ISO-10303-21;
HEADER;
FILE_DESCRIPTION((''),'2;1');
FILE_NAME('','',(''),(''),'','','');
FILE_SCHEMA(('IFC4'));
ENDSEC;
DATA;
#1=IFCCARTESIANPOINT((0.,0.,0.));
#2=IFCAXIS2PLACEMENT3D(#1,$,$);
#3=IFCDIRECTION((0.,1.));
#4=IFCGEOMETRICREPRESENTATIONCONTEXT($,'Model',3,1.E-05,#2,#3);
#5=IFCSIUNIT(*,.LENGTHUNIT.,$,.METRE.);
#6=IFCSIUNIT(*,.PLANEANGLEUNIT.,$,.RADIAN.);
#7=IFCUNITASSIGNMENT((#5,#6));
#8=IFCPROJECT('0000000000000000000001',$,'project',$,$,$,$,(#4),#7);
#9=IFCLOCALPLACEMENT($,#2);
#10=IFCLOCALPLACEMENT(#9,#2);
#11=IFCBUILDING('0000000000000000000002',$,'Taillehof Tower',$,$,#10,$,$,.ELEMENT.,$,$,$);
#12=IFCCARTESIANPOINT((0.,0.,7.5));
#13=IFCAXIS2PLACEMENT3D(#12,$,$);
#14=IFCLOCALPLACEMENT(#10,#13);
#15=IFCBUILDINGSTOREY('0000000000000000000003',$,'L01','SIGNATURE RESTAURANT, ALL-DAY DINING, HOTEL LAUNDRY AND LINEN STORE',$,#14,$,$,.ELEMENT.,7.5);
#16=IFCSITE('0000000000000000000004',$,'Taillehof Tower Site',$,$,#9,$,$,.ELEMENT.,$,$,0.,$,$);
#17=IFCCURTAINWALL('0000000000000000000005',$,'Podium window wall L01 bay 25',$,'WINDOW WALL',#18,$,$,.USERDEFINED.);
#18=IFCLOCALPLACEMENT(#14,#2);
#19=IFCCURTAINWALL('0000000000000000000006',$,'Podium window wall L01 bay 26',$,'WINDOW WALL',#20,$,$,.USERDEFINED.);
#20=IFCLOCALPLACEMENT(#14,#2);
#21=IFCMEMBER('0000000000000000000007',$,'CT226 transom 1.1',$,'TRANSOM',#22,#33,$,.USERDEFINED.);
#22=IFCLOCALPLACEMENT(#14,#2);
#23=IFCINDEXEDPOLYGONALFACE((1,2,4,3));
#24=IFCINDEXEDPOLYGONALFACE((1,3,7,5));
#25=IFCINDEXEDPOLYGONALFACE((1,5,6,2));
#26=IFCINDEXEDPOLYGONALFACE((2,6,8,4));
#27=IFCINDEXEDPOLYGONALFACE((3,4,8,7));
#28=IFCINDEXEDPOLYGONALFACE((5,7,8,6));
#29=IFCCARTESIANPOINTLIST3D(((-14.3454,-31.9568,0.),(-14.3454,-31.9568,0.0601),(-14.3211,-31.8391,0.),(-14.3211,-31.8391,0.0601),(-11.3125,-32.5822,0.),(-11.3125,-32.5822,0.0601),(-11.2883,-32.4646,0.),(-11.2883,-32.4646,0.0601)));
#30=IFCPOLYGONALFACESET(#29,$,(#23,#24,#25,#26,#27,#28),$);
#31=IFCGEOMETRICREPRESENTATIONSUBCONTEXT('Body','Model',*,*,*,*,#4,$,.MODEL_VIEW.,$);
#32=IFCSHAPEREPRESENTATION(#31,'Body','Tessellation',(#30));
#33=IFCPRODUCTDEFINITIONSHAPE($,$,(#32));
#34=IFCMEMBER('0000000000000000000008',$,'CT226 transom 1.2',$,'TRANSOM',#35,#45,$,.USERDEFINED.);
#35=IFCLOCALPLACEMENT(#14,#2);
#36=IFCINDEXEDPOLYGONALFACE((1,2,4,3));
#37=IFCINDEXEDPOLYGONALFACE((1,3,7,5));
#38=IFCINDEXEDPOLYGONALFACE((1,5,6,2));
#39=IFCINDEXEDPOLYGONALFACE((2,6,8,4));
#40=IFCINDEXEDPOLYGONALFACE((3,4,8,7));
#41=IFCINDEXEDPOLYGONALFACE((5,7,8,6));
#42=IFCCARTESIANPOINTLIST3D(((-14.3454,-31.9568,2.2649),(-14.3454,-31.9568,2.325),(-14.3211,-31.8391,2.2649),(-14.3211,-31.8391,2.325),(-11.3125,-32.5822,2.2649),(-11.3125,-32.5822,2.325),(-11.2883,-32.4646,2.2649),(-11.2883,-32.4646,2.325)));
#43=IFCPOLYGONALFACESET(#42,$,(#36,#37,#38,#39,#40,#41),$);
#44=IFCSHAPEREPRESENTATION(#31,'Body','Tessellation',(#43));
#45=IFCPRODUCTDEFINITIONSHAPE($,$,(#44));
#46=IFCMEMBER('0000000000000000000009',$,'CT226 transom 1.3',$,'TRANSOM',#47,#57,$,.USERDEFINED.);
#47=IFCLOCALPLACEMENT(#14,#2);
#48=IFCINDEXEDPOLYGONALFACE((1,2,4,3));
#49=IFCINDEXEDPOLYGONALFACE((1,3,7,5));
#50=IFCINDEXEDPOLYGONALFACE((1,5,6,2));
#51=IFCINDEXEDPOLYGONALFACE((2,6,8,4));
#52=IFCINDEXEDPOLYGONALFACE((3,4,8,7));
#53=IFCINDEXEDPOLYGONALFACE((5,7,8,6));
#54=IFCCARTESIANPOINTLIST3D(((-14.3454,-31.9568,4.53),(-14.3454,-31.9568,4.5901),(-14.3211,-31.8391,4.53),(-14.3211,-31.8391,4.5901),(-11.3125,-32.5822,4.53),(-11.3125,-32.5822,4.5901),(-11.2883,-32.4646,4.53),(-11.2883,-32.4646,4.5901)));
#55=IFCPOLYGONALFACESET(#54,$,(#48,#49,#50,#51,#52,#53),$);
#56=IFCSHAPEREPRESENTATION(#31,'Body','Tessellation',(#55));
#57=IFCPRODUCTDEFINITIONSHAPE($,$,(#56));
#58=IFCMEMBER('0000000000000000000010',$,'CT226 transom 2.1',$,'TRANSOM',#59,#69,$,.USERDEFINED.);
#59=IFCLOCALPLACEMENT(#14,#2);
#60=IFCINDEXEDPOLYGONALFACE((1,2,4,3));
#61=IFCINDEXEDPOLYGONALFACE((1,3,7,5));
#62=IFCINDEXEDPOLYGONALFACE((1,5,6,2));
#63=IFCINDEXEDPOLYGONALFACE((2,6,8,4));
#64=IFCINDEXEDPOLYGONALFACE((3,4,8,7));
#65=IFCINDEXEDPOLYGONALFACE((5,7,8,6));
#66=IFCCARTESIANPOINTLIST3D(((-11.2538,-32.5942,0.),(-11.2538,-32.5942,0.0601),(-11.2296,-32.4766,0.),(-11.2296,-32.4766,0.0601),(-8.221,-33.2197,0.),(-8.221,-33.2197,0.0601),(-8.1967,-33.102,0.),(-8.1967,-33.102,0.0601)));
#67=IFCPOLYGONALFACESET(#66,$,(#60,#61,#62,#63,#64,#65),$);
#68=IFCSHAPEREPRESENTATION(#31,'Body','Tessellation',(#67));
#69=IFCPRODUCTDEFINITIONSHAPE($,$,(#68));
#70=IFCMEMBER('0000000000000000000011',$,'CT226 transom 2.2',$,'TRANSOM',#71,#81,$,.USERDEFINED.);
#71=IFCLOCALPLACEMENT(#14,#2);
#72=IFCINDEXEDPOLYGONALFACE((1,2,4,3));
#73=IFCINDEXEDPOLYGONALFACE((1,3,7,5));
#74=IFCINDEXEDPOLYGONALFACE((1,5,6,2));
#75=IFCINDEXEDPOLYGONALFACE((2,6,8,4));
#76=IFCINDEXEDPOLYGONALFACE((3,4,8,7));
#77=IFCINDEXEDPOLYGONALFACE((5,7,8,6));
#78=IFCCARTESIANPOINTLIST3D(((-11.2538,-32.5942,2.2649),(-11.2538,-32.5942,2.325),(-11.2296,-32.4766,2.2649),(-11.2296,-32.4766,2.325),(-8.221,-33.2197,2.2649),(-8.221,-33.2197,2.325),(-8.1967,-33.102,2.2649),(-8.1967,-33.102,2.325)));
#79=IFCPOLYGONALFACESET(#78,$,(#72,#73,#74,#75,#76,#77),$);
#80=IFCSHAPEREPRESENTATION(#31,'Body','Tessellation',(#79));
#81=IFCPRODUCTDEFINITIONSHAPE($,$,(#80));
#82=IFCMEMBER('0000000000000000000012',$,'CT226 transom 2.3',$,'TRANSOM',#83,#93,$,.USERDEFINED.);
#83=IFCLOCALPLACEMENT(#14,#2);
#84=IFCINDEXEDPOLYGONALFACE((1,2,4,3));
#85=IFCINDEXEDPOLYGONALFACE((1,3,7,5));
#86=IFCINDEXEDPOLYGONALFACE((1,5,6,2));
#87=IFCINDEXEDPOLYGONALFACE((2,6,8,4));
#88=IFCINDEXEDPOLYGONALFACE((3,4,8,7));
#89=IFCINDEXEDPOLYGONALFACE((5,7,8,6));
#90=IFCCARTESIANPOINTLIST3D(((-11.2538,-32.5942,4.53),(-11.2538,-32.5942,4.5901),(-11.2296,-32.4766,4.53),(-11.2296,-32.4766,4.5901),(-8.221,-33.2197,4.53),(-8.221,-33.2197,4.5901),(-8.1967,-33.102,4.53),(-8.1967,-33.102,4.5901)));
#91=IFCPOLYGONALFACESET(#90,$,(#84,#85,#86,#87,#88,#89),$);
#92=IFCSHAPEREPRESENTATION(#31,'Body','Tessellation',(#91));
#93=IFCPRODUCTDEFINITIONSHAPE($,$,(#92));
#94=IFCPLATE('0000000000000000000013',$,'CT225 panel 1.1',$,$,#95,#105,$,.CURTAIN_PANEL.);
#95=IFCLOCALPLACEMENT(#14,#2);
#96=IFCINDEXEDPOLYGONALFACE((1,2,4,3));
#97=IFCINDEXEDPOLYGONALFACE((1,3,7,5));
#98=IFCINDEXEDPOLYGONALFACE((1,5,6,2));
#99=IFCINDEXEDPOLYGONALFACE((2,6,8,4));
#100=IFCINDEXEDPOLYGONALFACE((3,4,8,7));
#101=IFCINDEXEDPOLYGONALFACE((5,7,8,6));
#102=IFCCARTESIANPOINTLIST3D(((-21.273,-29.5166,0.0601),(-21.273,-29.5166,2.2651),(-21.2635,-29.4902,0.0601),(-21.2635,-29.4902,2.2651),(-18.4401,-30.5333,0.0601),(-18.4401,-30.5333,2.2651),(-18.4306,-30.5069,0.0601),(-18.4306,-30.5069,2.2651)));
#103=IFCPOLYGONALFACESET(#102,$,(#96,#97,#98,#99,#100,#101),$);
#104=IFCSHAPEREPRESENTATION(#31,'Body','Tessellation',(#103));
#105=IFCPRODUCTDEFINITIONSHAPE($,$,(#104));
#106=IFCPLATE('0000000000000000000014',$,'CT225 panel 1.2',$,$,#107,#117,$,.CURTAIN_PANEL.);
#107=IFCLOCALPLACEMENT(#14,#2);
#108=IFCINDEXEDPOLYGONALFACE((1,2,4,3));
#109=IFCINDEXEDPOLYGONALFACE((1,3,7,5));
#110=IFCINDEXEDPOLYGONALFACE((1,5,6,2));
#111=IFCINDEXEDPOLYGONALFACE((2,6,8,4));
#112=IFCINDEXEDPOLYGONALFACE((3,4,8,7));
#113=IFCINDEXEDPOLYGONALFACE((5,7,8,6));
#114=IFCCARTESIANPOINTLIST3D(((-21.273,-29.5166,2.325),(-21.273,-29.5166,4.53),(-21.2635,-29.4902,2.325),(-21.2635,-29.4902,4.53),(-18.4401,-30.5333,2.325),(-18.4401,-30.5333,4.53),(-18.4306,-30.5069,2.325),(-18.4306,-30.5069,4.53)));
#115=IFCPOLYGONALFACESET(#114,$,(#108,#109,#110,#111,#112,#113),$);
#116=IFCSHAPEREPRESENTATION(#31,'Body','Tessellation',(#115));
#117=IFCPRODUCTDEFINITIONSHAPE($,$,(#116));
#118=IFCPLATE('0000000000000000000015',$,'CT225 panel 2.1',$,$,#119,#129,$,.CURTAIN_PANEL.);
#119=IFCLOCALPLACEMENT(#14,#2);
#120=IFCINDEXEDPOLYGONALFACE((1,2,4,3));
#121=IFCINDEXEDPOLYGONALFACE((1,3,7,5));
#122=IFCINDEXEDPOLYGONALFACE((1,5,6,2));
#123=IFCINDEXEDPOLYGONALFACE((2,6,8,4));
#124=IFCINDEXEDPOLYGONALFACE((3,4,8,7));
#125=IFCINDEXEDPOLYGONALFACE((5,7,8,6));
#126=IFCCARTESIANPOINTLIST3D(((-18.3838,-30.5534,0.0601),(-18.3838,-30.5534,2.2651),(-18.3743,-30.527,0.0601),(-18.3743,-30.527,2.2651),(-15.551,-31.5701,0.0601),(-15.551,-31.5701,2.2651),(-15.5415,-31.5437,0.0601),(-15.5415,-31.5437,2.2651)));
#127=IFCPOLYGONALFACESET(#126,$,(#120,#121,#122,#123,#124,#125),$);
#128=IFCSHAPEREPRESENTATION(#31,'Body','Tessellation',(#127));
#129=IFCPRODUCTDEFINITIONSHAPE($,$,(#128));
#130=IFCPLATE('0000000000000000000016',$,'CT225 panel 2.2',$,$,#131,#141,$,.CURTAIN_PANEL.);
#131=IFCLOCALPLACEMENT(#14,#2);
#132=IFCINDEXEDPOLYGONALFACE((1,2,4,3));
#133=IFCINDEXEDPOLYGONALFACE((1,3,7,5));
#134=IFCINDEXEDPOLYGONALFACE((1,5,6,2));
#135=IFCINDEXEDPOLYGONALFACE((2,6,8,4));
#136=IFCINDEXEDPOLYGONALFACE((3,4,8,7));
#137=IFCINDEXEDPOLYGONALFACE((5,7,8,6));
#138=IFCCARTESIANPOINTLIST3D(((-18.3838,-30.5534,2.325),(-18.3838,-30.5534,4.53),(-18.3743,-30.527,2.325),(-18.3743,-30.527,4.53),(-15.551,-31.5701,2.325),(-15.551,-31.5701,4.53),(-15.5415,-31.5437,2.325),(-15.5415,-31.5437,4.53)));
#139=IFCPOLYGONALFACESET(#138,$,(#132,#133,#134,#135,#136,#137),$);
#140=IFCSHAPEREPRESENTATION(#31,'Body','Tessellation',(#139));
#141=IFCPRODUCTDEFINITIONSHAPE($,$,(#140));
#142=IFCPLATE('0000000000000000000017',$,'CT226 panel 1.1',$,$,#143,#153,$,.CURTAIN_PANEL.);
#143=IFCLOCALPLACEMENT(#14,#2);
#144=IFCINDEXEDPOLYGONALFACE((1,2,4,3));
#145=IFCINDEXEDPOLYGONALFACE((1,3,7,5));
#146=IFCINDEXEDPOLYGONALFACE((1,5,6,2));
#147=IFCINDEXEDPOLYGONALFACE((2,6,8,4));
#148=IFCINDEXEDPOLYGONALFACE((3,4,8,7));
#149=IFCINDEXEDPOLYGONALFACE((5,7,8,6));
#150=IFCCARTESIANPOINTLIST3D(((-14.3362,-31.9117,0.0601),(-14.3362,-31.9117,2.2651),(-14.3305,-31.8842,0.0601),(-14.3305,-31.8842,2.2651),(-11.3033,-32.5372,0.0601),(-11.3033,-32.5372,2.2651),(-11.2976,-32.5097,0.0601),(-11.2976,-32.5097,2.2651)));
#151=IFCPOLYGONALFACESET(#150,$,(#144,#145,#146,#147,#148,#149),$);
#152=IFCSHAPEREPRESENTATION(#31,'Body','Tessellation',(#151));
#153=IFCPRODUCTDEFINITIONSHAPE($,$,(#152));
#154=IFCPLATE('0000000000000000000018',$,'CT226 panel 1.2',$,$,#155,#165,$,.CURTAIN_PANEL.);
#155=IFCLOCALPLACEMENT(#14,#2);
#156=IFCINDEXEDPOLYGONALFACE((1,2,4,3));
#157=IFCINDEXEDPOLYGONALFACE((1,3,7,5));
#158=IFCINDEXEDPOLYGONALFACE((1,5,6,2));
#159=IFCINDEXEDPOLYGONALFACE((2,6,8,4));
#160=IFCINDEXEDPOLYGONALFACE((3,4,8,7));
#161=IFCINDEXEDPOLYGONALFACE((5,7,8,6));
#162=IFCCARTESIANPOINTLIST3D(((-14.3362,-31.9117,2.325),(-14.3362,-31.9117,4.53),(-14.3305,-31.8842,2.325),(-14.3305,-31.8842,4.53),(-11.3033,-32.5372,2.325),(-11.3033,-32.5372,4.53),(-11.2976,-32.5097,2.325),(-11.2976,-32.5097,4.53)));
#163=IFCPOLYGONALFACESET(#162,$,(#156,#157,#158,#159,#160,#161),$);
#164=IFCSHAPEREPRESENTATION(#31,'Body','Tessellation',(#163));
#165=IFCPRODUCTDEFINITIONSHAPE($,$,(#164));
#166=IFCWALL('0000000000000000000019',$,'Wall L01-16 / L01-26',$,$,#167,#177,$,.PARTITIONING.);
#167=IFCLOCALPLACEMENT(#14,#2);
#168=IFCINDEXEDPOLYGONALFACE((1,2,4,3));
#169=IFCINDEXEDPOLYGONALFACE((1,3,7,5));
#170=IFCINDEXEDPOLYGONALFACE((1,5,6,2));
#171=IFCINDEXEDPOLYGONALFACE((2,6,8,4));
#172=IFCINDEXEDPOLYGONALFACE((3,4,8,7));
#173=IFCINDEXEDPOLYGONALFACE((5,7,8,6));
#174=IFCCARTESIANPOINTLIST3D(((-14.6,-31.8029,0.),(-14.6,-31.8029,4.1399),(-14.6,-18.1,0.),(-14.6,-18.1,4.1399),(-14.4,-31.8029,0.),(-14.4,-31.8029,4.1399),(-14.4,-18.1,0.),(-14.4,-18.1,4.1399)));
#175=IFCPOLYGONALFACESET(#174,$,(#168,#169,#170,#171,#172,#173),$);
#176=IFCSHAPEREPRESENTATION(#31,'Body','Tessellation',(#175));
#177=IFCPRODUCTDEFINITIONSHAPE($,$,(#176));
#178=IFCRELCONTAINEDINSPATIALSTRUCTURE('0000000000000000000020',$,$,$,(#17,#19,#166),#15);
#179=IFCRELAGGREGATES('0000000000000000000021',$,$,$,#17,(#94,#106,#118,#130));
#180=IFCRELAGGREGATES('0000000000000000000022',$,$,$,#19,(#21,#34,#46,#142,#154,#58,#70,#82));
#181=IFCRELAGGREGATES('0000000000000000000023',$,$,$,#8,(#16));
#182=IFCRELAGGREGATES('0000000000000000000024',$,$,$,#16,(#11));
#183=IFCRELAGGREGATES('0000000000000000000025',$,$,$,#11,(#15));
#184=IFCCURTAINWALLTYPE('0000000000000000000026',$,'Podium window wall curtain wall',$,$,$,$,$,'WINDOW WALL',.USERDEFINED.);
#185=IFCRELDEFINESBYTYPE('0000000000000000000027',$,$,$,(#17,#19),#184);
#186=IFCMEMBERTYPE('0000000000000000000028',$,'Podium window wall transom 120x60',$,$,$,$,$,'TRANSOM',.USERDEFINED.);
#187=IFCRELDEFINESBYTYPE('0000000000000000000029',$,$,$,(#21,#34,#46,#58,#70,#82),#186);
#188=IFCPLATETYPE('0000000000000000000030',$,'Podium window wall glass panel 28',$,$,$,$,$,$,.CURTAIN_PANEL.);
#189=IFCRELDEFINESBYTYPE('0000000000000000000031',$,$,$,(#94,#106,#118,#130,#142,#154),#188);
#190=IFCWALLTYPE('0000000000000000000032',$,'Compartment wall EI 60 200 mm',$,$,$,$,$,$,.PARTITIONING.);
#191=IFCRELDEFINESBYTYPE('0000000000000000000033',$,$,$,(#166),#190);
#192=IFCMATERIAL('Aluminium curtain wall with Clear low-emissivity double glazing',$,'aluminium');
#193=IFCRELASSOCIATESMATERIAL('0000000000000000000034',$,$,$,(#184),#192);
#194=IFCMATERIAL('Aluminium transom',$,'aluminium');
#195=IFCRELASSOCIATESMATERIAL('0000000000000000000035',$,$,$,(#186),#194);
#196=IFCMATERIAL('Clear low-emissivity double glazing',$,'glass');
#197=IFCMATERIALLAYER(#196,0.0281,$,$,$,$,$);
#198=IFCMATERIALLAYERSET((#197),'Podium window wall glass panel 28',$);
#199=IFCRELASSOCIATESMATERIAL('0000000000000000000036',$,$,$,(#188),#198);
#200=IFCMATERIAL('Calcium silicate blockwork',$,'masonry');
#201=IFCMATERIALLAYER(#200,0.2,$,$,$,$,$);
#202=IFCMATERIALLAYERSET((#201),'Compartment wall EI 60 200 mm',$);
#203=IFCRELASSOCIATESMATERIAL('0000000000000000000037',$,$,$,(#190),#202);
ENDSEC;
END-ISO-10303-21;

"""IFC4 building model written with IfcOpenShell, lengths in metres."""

from ifc_helpers import new_model, si_unit, direction, frame, frame_2d, origin, origin_2d, place, context, subcontext, project, spatial, rectangle, extrude, material, layer, layer_set, material_profile, profile_set, type_object, element, aggregate, save


model = new_model("IFC4")

# Units and contexts
model_context = context("Model", 3, precision=1e-05, world=origin(), true_north=direction((0.0, 1.0)))
body_context = subcontext(model_context, "Body", "Model", "MODEL_VIEW")
ifc_project = project(units=[si_unit("LENGTHUNIT", "METRE"), si_unit("PLANEANGLEUNIT", "RADIAN")], contexts=[model_context])

# Site, building, storey
site_placement = place(None, origin())
site = spatial("IfcSite", under=ifc_project, at=site_placement, Name="Taillehof Tower Site", CompositionType="ELEMENT", RefElevation=0.0)
building_placement = place(site_placement, origin())
building = spatial("IfcBuilding", under=site, at=building_placement, Name="Taillehof Tower", CompositionType="ELEMENT")
storey_placement = place(building_placement, frame((0.0, 0.0, 7.5)))
storey = spatial("IfcBuildingStorey", under=building, at=storey_placement, Name="L01", Description="SIGNATURE RESTAURANT, ALL-DAY DINING, HOTEL LAUNDRY AND LINEN STORE", CompositionType="ELEMENT", Elevation=7.5)

# Curtain walls
ifc_material_1 = material(Name="Aluminium curtain wall with Clear low-emissivity double glazing", Category="aluminium")
curtain_wall_type = type_object("IfcCurtainWallType", Name="Podium window wall curtain wall", ElementType="WINDOW WALL", PredefinedType="USERDEFINED", material=ifc_material_1)
curtain_wall_1_placement = place(storey_placement, origin())
curtain_wall_1 = element("IfcCurtainWall", 1, at=curtain_wall_1_placement, inside=storey, type_object=curtain_wall_type, Name="Podium window wall L01 bay 25", ObjectType="WINDOW WALL", PredefinedType="USERDEFINED")
curtain_wall_2_placement = place(storey_placement, origin())
curtain_wall_2 = element("IfcCurtainWall", 2, at=curtain_wall_2_placement, inside=storey, type_object=curtain_wall_type, Name="Podium window wall L01 bay 26", ObjectType="WINDOW WALL", PredefinedType="USERDEFINED")

# Members
ifc_material_2 = material(Name="Aluminium transom", Category="aluminium")
ifc_material_profile_1 = material_profile(ifc_material_2, rectangle(XDim=0.1201, YDim=0.0601, at=origin_2d()), Name="AL 120x60")
ifc_profile_set_1 = profile_set([ifc_material_profile_1], Name="Aluminium transom")
member_type_1 = type_object("IfcMemberType", Name="Podium window wall transom 120x60", ElementType="TRANSOM", PredefinedType="USERDEFINED", material=ifc_profile_set_1)
member_1_placement = place(storey_placement, frame((-14.3333, -31.8979, 0.03), z_axis=(0.97939, -0.20198, 0.0), x_axis=(0.20198, 0.97939, 0.0)))
member_1 = element("IfcMember", 3, at=member_1_placement, type_object=member_type_1, Name="CT226 transom 1.1", ObjectType="TRANSOM", PredefinedType="USERDEFINED", context=body_context, shape_type="SweptSolid", body=[
    extrude(rectangle(XDim=0.1201, YDim=0.0601, at=origin_2d()), origin(), (0.0, 0.0, 1.0), 3.0967),
])
member_2_placement = place(storey_placement, frame((-14.3333, -31.8979, 2.2949), z_axis=(0.97939, -0.20198, 0.0), x_axis=(0.20198, 0.97939, 0.0)))
member_2 = element("IfcMember", 4, at=member_2_placement, type_object=member_type_1, Name="CT226 transom 1.2", ObjectType="TRANSOM", PredefinedType="USERDEFINED", context=body_context, shape_type="SweptSolid", body=[
    extrude(rectangle(XDim=0.1201, YDim=0.0601, at=origin_2d()), origin(), (0.0, 0.0, 1.0), 3.0967),
])
member_3_placement = place(storey_placement, frame((-14.3333, -31.8979, 4.5601), z_axis=(0.97939, -0.20198, 0.0), x_axis=(0.20198, 0.97939, 0.0)))
member_3 = element("IfcMember", 5, at=member_3_placement, type_object=member_type_1, Name="CT226 transom 1.3", ObjectType="TRANSOM", PredefinedType="USERDEFINED", context=body_context, shape_type="SweptSolid", body=[
    extrude(rectangle(XDim=0.1201, YDim=0.0601, at=origin_2d()), origin(), (0.0, 0.0, 1.0), 3.0967),
])
member_4_placement = place(storey_placement, frame((-11.2417, -32.5354, 0.03), z_axis=(0.97939, -0.20198, 0.0), x_axis=(0.20198, 0.97939, 0.0)))
member_4 = element("IfcMember", 6, at=member_4_placement, type_object=member_type_1, Name="CT226 transom 2.1", ObjectType="TRANSOM", PredefinedType="USERDEFINED", context=body_context, shape_type="SweptSolid", body=[
    extrude(rectangle(XDim=0.1201, YDim=0.0601, at=origin_2d()), origin(), (0.0, 0.0, 1.0), 3.0967),
])
member_5_placement = place(storey_placement, frame((-11.2417, -32.5354, 2.2949), z_axis=(0.97939, -0.20198, 0.0), x_axis=(0.20198, 0.97939, 0.0)))
member_5 = element("IfcMember", 7, at=member_5_placement, type_object=member_type_1, Name="CT226 transom 2.2", ObjectType="TRANSOM", PredefinedType="USERDEFINED", context=body_context, shape_type="SweptSolid", body=[
    extrude(rectangle(XDim=0.1201, YDim=0.0601, at=origin_2d()), origin(), (0.0, 0.0, 1.0), 3.0967),
])
member_6_placement = place(storey_placement, frame((-11.2417, -32.5354, 4.5601), z_axis=(0.97939, -0.20198, 0.0), x_axis=(0.20198, 0.97939, 0.0)))
member_6 = element("IfcMember", 8, at=member_6_placement, type_object=member_type_1, Name="CT226 transom 2.3", ObjectType="TRANSOM", PredefinedType="USERDEFINED", context=body_context, shape_type="SweptSolid", body=[
    extrude(rectangle(XDim=0.1201, YDim=0.0601, at=origin_2d()), origin(), (0.0, 0.0, 1.0), 3.0967),
])

# Plates
ifc_material_3 = material(Name="Clear low-emissivity double glazing", Category="glass")
ifc_layer_1 = layer(ifc_material_3, 0.0281)
ifc_layer_set_1 = layer_set([ifc_layer_1], Name="Podium window wall glass panel 28")
plate_type = type_object("IfcPlateType", Name="Podium window wall glass panel 28", PredefinedType="CURTAIN_PANEL", material=ifc_layer_set_1)
plate_1_placement = place(storey_placement, frame((-19.8518, -30.0117, 0.0601), z_axis=(0.0, 0.0, 1.0), x_axis=(0.941218, -0.337799, 0.0)))
plate_1 = element("IfcPlate", 9, at=plate_1_placement, type_object=plate_type, Name="CT225 panel 1.1", PredefinedType="CURTAIN_PANEL", context=body_context, shape_type="SweptSolid", body=[
    extrude(rectangle(XDim=3.0098, YDim=0.0281, at=origin_2d()), origin(), (0.0, 0.0, 1.0), 2.2051),
])
plate_2_placement = place(storey_placement, frame((-19.8518, -30.0117, 2.325), z_axis=(0.0, 0.0, 1.0), x_axis=(0.941218, -0.337799, 0.0)))
plate_2 = element("IfcPlate", 10, at=plate_2_placement, type_object=plate_type, Name="CT225 panel 1.2", PredefinedType="CURTAIN_PANEL", context=body_context, shape_type="SweptSolid", body=[
    extrude(rectangle(XDim=3.0098, YDim=0.0281, at=origin_2d()), origin(), (0.0, 0.0, 1.0), 2.2051),
])
plate_3_placement = place(storey_placement, frame((-16.9626, -31.0486, 0.0601), z_axis=(0.0, 0.0, 1.0), x_axis=(0.941218, -0.337799, 0.0)))
plate_3 = element("IfcPlate", 11, at=plate_3_placement, type_object=plate_type, Name="CT225 panel 2.1", PredefinedType="CURTAIN_PANEL", context=body_context, shape_type="SweptSolid", body=[
    extrude(rectangle(XDim=3.0098, YDim=0.0281, at=origin_2d()), origin(), (0.0, 0.0, 1.0), 2.2051),
])
plate_4_placement = place(storey_placement, frame((-16.9626, -31.0486, 2.325), z_axis=(0.0, 0.0, 1.0), x_axis=(0.941218, -0.337799, 0.0)))
plate_4 = element("IfcPlate", 12, at=plate_4_placement, type_object=plate_type, Name="CT225 panel 2.2", PredefinedType="CURTAIN_PANEL", context=body_context, shape_type="SweptSolid", body=[
    extrude(rectangle(XDim=3.0098, YDim=0.0281, at=origin_2d()), origin(), (0.0, 0.0, 1.0), 2.2051),
])
aggregate(curtain_wall_1, [plate_1, plate_2, plate_3, plate_4])
plate_5_placement = place(storey_placement, frame((-12.8169, -32.2107, 0.0601), z_axis=(0.0, 0.0, 1.0), x_axis=(0.97939, -0.201976, 0.0)))
plate_5 = element("IfcPlate", 13, at=plate_5_placement, type_object=plate_type, Name="CT226 panel 1.1", PredefinedType="CURTAIN_PANEL", context=body_context, shape_type="SweptSolid", body=[
    extrude(rectangle(XDim=3.0967, YDim=0.0281, at=origin_2d()), origin(), (0.0, 0.0, 1.0), 2.2051),
])
plate_6_placement = place(storey_placement, frame((-12.8169, -32.2107, 2.325), z_axis=(0.0, 0.0, 1.0), x_axis=(0.97939, -0.201976, 0.0)))
plate_6 = element("IfcPlate", 14, at=plate_6_placement, type_object=plate_type, Name="CT226 panel 1.2", PredefinedType="CURTAIN_PANEL", context=body_context, shape_type="SweptSolid", body=[
    extrude(rectangle(XDim=3.0967, YDim=0.0281, at=origin_2d()), origin(), (0.0, 0.0, 1.0), 2.2051),
])
aggregate(curtain_wall_2, [member_1, member_2, member_3, plate_5, plate_6, member_4, member_5, member_6])

# Wall
ifc_material_4 = material(Name="Calcium silicate blockwork", Category="masonry")
ifc_layer_2 = layer(ifc_material_4, 0.2)
ifc_layer_set_2 = layer_set([ifc_layer_2], Name="Compartment wall EI 60 200 mm")
wall_type = type_object("IfcWallType", Name="Compartment wall EI 60 200 mm", PredefinedType="PARTITIONING", material=ifc_layer_set_2)
wall_placement = place(storey_placement, frame((-14.5, -31.803, 0.0), z_axis=(0.0, 0.0, 1.0), x_axis=(0.0, 1.0, 0.0)))
element("IfcWall", 15, at=wall_placement, inside=storey, type_object=wall_type, Name="Wall L01-16 / L01-26", PredefinedType="PARTITIONING", context=body_context, shape_type="SweptSolid", body=[
    extrude(rectangle(XDim=13.7029, YDim=0.2, at=frame_2d((6.8516, 0.0))), origin(), (0.0, 0.0, 1.0), 4.1399),
])

save(model, "model.ifc")
